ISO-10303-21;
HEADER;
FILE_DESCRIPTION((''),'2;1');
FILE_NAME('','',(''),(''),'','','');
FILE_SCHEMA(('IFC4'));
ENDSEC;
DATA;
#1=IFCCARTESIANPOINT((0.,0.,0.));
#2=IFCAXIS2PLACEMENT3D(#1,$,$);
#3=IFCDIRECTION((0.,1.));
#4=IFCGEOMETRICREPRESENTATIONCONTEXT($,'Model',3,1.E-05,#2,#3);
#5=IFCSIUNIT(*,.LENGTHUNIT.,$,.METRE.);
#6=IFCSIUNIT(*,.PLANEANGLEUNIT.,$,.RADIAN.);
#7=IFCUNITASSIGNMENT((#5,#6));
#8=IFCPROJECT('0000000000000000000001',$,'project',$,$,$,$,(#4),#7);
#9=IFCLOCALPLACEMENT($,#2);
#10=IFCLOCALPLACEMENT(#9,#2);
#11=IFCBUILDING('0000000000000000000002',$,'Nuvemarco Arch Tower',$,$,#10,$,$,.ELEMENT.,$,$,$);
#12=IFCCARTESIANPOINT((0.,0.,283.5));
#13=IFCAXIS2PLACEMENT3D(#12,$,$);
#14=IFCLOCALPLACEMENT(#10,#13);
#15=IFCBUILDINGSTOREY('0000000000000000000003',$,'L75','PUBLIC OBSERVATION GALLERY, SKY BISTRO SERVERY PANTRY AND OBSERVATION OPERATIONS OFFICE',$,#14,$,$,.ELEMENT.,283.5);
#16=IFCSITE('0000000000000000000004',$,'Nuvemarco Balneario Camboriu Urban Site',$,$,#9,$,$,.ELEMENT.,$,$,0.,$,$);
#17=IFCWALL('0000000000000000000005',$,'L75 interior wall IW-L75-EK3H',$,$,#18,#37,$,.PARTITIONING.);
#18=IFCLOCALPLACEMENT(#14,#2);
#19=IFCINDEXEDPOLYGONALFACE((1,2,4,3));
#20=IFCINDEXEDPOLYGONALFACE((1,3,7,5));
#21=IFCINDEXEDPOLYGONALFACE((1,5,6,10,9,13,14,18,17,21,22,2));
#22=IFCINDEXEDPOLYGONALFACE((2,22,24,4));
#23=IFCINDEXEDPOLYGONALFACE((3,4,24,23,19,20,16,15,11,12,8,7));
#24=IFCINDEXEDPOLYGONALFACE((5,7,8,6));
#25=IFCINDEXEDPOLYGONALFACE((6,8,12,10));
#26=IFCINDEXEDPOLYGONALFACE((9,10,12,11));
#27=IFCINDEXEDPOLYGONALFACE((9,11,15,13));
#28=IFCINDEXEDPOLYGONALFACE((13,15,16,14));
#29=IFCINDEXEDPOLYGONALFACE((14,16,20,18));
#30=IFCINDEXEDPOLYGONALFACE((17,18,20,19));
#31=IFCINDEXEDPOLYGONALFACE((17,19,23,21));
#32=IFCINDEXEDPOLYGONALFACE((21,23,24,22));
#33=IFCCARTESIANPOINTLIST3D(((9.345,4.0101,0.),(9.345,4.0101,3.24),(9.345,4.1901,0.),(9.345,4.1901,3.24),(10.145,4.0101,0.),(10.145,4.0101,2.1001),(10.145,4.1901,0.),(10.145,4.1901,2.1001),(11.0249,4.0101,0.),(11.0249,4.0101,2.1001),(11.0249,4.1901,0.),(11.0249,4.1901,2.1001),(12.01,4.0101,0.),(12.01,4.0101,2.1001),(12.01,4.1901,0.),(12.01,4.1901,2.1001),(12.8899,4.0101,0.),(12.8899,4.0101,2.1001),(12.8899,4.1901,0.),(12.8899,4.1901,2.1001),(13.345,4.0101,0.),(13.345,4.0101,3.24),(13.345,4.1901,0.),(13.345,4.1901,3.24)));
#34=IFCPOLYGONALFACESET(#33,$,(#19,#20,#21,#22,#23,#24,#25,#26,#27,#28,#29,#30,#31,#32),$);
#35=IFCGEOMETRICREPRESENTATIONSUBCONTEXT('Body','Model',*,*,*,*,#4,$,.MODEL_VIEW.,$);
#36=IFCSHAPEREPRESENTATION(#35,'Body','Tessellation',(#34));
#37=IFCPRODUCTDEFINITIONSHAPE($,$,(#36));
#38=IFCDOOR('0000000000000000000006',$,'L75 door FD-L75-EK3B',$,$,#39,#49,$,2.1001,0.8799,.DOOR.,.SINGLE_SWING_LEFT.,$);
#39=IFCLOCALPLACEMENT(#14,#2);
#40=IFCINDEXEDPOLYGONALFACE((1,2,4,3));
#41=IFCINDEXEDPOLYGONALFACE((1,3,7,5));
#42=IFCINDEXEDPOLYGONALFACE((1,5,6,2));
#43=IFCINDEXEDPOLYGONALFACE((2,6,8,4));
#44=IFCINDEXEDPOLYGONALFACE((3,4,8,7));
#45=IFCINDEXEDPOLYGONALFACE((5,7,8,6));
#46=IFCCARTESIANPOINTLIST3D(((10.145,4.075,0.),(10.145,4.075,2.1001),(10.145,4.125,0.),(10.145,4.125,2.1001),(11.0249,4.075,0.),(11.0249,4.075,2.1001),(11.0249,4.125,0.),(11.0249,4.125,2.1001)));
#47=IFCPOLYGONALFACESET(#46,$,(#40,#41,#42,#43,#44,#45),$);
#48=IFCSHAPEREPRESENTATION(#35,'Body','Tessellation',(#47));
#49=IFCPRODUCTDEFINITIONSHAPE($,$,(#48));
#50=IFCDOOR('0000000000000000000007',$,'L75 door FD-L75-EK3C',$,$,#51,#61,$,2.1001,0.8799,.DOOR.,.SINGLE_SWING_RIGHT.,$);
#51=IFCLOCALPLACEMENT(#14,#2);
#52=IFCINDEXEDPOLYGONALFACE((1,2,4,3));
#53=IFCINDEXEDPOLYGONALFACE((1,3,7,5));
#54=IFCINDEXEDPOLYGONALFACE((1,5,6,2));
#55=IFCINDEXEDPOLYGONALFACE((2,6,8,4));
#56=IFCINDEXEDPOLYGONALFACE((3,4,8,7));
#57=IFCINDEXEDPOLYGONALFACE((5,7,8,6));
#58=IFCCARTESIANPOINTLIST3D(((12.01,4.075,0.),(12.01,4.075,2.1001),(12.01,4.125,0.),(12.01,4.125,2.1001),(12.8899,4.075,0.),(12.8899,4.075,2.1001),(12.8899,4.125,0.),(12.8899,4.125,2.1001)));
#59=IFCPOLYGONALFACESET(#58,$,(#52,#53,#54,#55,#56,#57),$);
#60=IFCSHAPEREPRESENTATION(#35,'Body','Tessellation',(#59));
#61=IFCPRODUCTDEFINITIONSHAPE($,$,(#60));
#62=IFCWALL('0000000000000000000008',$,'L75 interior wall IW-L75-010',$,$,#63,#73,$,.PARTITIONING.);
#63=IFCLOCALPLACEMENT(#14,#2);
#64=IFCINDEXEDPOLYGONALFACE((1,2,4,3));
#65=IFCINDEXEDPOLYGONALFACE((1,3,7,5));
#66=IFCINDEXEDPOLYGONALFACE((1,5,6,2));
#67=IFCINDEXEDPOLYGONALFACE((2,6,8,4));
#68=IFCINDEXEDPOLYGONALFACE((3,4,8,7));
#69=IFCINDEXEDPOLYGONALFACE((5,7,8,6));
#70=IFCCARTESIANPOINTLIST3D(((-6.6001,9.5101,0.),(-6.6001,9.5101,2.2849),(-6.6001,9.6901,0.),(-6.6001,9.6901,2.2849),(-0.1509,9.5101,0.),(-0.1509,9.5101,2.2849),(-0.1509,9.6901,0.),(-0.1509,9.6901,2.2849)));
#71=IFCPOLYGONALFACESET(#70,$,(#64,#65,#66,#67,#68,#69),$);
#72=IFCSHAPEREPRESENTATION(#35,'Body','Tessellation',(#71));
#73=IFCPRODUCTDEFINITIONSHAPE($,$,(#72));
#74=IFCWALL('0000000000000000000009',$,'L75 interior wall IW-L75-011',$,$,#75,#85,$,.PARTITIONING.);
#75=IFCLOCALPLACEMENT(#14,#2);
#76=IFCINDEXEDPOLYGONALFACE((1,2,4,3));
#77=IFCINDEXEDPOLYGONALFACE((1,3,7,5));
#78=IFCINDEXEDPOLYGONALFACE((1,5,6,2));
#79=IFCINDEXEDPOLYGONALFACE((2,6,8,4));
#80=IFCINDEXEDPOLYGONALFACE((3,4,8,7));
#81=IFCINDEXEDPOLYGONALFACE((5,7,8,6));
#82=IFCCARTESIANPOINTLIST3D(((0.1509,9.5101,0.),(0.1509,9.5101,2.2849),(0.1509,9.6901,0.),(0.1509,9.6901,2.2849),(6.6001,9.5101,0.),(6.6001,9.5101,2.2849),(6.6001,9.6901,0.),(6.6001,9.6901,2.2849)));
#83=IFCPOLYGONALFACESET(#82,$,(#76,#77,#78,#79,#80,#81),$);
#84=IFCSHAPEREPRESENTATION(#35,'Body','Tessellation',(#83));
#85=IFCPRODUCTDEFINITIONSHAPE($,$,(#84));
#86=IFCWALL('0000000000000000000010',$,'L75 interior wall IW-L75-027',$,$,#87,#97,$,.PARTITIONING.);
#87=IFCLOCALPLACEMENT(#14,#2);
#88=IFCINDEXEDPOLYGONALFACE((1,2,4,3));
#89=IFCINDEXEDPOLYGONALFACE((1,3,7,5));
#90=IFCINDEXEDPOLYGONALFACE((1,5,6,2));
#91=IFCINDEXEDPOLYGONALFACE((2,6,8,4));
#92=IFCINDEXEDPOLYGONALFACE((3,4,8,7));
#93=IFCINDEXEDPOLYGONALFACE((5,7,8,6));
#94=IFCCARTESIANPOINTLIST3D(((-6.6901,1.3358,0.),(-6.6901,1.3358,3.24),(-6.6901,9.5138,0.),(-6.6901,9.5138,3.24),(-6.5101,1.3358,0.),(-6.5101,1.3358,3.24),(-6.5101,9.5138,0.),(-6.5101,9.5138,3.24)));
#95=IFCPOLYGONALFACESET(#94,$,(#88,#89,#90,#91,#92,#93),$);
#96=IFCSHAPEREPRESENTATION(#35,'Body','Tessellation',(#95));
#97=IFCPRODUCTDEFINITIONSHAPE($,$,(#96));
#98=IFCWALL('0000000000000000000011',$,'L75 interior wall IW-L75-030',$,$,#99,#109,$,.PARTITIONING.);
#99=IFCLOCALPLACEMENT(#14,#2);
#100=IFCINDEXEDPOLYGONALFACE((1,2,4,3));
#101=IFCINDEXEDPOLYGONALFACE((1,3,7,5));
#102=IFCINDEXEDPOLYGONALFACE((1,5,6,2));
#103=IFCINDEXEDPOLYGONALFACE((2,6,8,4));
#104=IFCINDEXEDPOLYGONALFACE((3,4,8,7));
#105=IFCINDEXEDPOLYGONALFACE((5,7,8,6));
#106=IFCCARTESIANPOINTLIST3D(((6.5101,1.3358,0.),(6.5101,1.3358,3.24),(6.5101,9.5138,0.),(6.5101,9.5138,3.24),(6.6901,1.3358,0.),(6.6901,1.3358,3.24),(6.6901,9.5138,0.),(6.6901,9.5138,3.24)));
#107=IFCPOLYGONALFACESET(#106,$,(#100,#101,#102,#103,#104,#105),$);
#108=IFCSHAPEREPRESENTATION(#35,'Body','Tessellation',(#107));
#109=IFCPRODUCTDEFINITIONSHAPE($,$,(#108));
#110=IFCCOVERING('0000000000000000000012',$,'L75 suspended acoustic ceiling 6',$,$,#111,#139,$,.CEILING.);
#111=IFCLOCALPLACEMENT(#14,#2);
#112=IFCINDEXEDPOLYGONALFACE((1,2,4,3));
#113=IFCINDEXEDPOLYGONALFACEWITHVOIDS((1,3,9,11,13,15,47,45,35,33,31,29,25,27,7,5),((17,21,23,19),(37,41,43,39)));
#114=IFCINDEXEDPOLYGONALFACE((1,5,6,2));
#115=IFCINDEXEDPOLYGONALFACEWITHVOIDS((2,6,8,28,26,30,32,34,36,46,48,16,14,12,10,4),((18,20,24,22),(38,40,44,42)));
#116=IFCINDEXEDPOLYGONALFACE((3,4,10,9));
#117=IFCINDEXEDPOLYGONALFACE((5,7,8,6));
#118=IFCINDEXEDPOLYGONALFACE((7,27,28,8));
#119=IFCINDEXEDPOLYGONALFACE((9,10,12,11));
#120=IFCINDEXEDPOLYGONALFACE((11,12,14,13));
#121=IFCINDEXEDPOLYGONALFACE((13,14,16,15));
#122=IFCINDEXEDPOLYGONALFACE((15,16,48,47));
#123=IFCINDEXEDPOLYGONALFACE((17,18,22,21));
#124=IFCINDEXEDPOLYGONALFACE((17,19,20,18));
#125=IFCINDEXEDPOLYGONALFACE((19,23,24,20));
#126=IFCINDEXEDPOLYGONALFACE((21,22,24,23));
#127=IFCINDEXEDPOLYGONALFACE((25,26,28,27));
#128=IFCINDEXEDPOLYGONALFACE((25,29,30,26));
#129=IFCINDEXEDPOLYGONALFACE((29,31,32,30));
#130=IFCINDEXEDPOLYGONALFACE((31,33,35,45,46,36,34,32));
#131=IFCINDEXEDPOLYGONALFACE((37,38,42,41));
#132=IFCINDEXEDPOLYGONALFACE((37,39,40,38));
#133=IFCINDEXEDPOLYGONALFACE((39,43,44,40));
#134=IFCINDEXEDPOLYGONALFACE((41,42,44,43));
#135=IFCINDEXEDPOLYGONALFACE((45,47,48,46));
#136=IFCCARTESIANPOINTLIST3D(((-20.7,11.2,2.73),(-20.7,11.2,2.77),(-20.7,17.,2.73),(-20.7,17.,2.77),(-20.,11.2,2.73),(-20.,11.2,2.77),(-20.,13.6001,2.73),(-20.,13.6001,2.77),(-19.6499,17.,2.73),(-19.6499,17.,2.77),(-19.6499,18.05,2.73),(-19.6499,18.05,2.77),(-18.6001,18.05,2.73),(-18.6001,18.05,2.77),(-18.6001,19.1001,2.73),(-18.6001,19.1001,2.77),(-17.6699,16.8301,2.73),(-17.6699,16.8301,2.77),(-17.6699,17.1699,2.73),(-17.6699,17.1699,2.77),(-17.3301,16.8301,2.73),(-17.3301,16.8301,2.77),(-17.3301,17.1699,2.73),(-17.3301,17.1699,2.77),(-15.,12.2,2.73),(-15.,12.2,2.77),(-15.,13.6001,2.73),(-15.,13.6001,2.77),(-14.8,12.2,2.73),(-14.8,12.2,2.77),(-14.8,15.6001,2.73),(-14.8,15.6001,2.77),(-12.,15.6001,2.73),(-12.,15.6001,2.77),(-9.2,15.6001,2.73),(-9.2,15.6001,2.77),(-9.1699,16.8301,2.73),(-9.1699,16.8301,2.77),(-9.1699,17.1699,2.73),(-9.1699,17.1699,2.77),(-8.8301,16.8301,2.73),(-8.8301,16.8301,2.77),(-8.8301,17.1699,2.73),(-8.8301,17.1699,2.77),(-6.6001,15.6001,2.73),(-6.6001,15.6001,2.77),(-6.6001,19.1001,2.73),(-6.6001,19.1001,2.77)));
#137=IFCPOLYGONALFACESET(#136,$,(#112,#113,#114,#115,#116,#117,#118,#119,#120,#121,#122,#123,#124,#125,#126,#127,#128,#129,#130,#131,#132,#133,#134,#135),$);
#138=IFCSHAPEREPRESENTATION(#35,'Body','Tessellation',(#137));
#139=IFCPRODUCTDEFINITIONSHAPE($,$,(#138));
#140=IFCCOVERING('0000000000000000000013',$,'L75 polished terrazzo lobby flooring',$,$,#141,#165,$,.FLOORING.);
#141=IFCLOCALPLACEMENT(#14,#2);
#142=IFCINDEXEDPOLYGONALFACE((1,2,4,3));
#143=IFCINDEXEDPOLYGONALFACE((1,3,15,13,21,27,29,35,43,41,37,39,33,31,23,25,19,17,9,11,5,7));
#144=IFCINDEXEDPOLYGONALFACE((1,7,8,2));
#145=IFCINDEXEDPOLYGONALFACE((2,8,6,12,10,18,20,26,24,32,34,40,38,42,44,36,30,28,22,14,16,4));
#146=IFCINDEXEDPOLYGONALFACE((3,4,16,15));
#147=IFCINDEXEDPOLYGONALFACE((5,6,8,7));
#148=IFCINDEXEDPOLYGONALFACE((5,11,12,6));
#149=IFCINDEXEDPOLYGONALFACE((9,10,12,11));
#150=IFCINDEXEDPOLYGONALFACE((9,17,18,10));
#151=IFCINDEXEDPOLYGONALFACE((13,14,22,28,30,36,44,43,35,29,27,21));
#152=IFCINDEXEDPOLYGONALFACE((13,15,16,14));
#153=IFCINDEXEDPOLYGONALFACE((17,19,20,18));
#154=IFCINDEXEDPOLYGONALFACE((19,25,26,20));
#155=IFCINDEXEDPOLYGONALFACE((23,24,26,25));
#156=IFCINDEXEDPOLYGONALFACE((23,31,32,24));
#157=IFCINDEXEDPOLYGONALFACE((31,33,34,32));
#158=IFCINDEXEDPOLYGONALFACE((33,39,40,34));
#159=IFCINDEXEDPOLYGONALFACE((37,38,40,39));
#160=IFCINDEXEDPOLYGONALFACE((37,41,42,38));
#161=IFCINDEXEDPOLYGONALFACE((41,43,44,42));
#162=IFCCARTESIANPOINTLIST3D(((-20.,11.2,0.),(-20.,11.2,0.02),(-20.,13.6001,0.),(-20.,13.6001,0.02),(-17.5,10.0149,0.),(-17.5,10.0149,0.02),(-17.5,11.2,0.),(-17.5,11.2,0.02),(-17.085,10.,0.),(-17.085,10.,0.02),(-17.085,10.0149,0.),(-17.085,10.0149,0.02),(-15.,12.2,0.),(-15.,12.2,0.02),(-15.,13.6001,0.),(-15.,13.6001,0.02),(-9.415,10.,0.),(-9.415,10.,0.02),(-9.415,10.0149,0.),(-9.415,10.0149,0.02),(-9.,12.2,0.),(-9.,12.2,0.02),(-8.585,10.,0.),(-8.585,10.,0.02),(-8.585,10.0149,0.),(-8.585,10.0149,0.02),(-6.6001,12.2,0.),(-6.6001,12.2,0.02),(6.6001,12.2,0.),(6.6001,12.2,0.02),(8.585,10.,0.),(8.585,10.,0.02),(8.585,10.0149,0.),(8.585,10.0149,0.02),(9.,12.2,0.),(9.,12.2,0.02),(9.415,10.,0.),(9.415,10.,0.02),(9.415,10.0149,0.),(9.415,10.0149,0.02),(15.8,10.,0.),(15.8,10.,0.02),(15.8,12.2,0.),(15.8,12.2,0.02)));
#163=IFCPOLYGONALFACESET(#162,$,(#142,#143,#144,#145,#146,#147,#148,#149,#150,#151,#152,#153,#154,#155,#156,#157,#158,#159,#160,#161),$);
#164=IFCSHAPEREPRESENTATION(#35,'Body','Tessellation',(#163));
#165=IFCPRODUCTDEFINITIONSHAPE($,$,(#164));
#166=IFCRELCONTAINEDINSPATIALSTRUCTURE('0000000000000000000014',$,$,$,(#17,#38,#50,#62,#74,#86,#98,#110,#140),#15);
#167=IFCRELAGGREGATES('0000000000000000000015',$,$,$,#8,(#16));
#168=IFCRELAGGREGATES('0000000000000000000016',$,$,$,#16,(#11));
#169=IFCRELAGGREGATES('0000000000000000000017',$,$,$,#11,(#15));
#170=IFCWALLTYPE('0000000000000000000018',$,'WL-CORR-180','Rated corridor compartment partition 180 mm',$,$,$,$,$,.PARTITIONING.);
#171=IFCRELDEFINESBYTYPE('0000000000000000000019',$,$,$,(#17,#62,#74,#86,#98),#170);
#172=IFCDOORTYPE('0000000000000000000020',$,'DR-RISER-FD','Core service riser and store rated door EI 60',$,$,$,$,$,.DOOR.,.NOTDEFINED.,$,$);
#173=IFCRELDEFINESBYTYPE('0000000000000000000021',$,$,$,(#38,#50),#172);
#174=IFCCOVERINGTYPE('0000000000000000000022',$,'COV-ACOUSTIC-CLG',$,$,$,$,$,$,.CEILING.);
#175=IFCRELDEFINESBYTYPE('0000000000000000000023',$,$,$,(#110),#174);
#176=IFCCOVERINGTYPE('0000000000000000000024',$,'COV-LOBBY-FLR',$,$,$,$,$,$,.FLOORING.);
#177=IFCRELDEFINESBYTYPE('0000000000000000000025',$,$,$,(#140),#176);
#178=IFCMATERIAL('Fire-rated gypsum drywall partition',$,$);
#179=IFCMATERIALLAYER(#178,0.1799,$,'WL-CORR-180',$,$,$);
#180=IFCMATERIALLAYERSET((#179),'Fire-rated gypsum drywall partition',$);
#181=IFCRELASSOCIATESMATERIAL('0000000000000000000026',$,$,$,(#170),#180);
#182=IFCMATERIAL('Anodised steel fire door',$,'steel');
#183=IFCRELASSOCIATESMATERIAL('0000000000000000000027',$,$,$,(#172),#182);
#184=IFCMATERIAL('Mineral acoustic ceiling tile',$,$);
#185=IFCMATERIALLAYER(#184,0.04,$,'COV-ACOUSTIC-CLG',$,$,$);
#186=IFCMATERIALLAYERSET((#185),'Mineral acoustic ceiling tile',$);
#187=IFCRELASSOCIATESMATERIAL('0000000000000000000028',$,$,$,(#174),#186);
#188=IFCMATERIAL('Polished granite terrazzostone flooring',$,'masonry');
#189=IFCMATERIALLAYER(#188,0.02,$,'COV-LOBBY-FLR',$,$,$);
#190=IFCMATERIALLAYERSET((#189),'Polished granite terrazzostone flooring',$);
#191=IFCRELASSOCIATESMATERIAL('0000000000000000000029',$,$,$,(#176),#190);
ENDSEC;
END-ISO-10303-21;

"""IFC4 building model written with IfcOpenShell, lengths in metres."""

from ifc_helpers import new_model, si_unit, direction, frame, frame_2d, origin, place, context, subcontext, project, spatial, polyline, rectangle, outline, extrude, source, transform, mapped, material, layer, layer_set, type_object, type_shapes, element, fill, save


model = new_model("IFC4")

# Units and contexts
model_context = context("Model", 3, precision=1e-05, world=origin(), true_north=direction((0.0, 1.0)))
body_context = subcontext(model_context, "Body", "Model", "MODEL_VIEW")
ifc_project = project(units=[si_unit("LENGTHUNIT", "METRE"), si_unit("PLANEANGLEUNIT", "RADIAN")], contexts=[model_context])

# Site, building, storey
site_placement = place(None, origin())
site = spatial("IfcSite", under=ifc_project, at=site_placement, Name="Nuvemarco Balneario Camboriu Urban Site", CompositionType="ELEMENT", RefElevation=0.0)
building_placement = place(site_placement, origin())
building = spatial("IfcBuilding", under=site, at=building_placement, Name="Nuvemarco Arch Tower", CompositionType="ELEMENT")
storey_placement = place(building_placement, frame((0.0, 0.0, 283.5)))
storey = spatial("IfcBuildingStorey", under=building, at=storey_placement, Name="L75", Description="PUBLIC OBSERVATION GALLERY, SKY BISTRO SERVERY PANTRY AND OBSERVATION OPERATIONS OFFICE", CompositionType="ELEMENT", Elevation=283.5)

# Shared definitions
ifc_material_1 = material(Name="Fire-rated gypsum drywall partition")
ifc_layer_1 = layer(ifc_material_1, 0.1799, Name="WL-CORR-180")
ifc_layer_set_1 = layer_set([ifc_layer_1], Name="Fire-rated gypsum drywall partition")
wall_type_1 = type_object("IfcWallType", Name="WL-CORR-180", Description="Rated corridor compartment partition 180 mm", PredefinedType="PARTITIONING", material=ifc_layer_set_1)
ifc_material_2 = material(Name="Anodised steel fire door", Category="steel")
door_type = type_object("IfcDoorType", Name="DR-RISER-FD", Description="Core service riser and store rated door EI 60", OperationType="NOTDEFINED", PredefinedType="DOOR", material=ifc_material_2)
shared_shape = source(origin(), body_context, "Body", "SweptSolid", [
    extrude(rectangle(XDim=0.8799, YDim=2.1001, at=frame_2d((0.4399, 1.05))), frame((0.0, 0.0249, 0.0), z_axis=(0.0, -1.0, 0.0), x_axis=(1.0, 0.0, 0.0)), (0.0, 0.0, 1.0), 0.05),
])
type_shapes(door_type, [shared_shape])

# Wall, openings, doors
wall_1_placement = place(storey_placement, frame((9.345, 4.1001, 0.0), z_axis=(0.0, 0.0, 1.0), x_axis=(1.0, 0.0, 0.0)))
wall_1 = element("IfcWall", 1, at=wall_1_placement, inside=storey, type_object=wall_type_1, Name="L75 interior wall IW-L75-EK3H", PredefinedType="PARTITIONING", context=body_context, shape_type="SweptSolid", body=[
    extrude(rectangle(XDim=4.0, YDim=0.1799, at=frame_2d((2.0, 0.0))), origin(), (0.0, 0.0, 1.0), 3.24),
])
opening_1_placement = place(wall_1_placement, frame((0.8, 0.0, 0.0)))
opening_1 = element("IfcOpeningElement", 2, at=opening_1_placement, cuts=wall_1, PredefinedType="OPENING", context=body_context, shape_type="SweptSolid", body=[
    extrude(rectangle(XDim=0.8799, YDim=2.1001, at=frame_2d((0.4399, 1.05))), frame((0.0, 0.0999, 0.0), z_axis=(0.0, -1.0, 0.0), x_axis=(1.0, 0.0, 0.0)), (0.0, 0.0, 1.0), 0.2),
])
opening_2_placement = place(wall_1_placement, frame((2.665, 0.0, 0.0)))
opening_2 = element("IfcOpeningElement", 3, at=opening_2_placement, cuts=wall_1, PredefinedType="OPENING", context=body_context, shape_type="SweptSolid", body=[
    extrude(rectangle(XDim=0.8799, YDim=2.1001, at=frame_2d((0.4399, 1.05))), frame((0.0, 0.0999, 0.0), z_axis=(0.0, -1.0, 0.0), x_axis=(1.0, 0.0, 0.0)), (0.0, 0.0, 1.0), 0.2),
])
door_1_placement = place(opening_1_placement, origin())
door_1 = element("IfcDoor", 4, at=door_1_placement, inside=storey, type_object=door_type, Name="L75 door FD-L75-EK3B", OperationType="SINGLE_SWING_LEFT", OverallHeight=2.1001, OverallWidth=0.8799, PredefinedType="DOOR", context=body_context, shape_type="MappedRepresentation", body=[
    mapped(shared_shape, transform((0.0, 0.0, 0.0), scale=1.0)),
])
fill(opening_1, door_1)
door_2_placement = place(opening_2_placement, origin())
door_2 = element("IfcDoor", 5, at=door_2_placement, inside=storey, type_object=door_type, Name="L75 door FD-L75-EK3C", OperationType="SINGLE_SWING_RIGHT", OverallHeight=2.1001, OverallWidth=0.8799, PredefinedType="DOOR", context=body_context, shape_type="MappedRepresentation", body=[
    mapped(shared_shape, transform((0.0, 0.0, 0.0), scale=1.0)),
])
fill(opening_2, door_2)

# Walls
for number, where, z_axis, x_axis, name in (
    (6, (-6.6001, 9.6001, 0.0), (0.0, 0.0, 1.0), (1.0, 0.0, 0.0), "L75 interior wall IW-L75-010"),
    (7, (0.1509, 9.6001, 0.0), (0.0, 0.0, 1.0), (1.0, 0.0, 0.0), "L75 interior wall IW-L75-011"),
):
    element("IfcWall", number, at=place(storey_placement, frame(where, z_axis=z_axis, x_axis=x_axis)), inside=storey, type_object=wall_type_1, Name=name, PredefinedType="PARTITIONING", context=body_context, shape_type="SweptSolid", body=[
        extrude(rectangle(XDim=6.4492, YDim=0.1799, at=frame_2d((3.2246, 0.0))), origin(), (0.0, 0.0, 1.0), 2.2849),
    ])
for number, where, z_axis, x_axis, name in (
    (8, (-6.6001, 1.3359, 0.0), (0.0, 0.0, 1.0), (0.0, 1.0, 0.0), "L75 interior wall IW-L75-027"),
    (9, (6.6001, 1.3359, 0.0), (0.0, 0.0, 1.0), (0.0, 1.0, 0.0), "L75 interior wall IW-L75-030"),
):
    element("IfcWall", number, at=place(storey_placement, frame(where, z_axis=z_axis, x_axis=x_axis)), inside=storey, type_object=wall_type_1, Name=name, PredefinedType="PARTITIONING", context=body_context, shape_type="SweptSolid", body=[
        extrude(rectangle(XDim=8.178, YDim=0.1799, at=frame_2d((4.0889, 0.0))), origin(), (0.0, 0.0, 1.0), 3.24),
    ])

# Coverings
ifc_material_3 = material(Name="Mineral acoustic ceiling tile")
ifc_layer_2 = layer(ifc_material_3, 0.04, Name="COV-ACOUSTIC-CLG")
ifc_layer_set_2 = layer_set([ifc_layer_2], Name="Mineral acoustic ceiling tile")
covering_type_1 = type_object("IfcCoveringType", Name="COV-ACOUSTIC-CLG", PredefinedType="CEILING", material=ifc_layer_set_2)
covering_1_placement = place(storey_placement, frame((0.0, 0.0, 2.73)))
element("IfcCovering", 10, at=covering_1_placement, inside=storey, type_object=covering_type_1, Name="L75 suspended acoustic ceiling 6", PredefinedType="CEILING", context=body_context, shape_type="SweptSolid", body=[
    extrude(outline(polyline([(-15.0, 12.2), (-15.0, 13.6001), (-20.0, 13.6001), (-20.0, 11.2), (-20.7, 11.2), (-20.7, 17.0), (-19.6499, 17.0), (-19.6499, 18.05), (-18.6001, 18.05), (-18.6001, 19.1001), (-6.6001, 19.1001), (-6.6001, 15.6001), (-9.2, 15.6001), (-12.0, 15.6001), (-14.8, 15.6001), (-14.8, 12.2), (-15.0, 12.2)]), holes=[polyline([(-17.3301, 17.1699), (-17.6699, 17.1699), (-17.6699, 16.8301), (-17.3301, 16.8301), (-17.3301, 17.1699)]), polyline([(-8.8301, 17.1699), (-9.1699, 17.1699), (-9.1699, 16.8301), (-8.8301, 16.8301), (-8.8301, 17.1699)])]), origin(), (0.0, 0.0, 1.0), 0.04),
])
ifc_material_4 = material(Name="Polished granite terrazzostone flooring", Category="masonry")
ifc_layer_3 = layer(ifc_material_4, 0.02, Name="COV-LOBBY-FLR")
ifc_layer_set_3 = layer_set([ifc_layer_3], Name="Polished granite terrazzostone flooring")
covering_type_2 = type_object("IfcCoveringType", Name="COV-LOBBY-FLR", PredefinedType="FLOORING", material=ifc_layer_set_3)
covering_2_placement = place(storey_placement, origin())
element("IfcCovering", 11, at=covering_2_placement, inside=storey, type_object=covering_type_2, Name="L75 polished terrazzo lobby flooring", PredefinedType="FLOORING", context=body_context, shape_type="SweptSolid", body=[
    extrude(outline(polyline([(-8.585, 10.0149), (-9.415, 10.0149), (-9.415, 10.0), (-17.085, 10.0), (-17.085, 10.0149), (-17.5, 10.0149), (-17.5, 11.2), (-20.0, 11.2), (-20.0, 13.6001), (-15.0, 13.6001), (-15.0, 12.2), (-9.0, 12.2), (-6.6001, 12.2), (6.6001, 12.2), (9.0, 12.2), (15.8, 12.2), (15.8, 10.0), (9.415, 10.0), (9.415, 10.0149), (8.585, 10.0149), (8.585, 10.0), (-8.585, 10.0), (-8.585, 10.0149)])), origin(), (0.0, 0.0, 1.0), 0.02),
])

save(model, "model.ifc")
